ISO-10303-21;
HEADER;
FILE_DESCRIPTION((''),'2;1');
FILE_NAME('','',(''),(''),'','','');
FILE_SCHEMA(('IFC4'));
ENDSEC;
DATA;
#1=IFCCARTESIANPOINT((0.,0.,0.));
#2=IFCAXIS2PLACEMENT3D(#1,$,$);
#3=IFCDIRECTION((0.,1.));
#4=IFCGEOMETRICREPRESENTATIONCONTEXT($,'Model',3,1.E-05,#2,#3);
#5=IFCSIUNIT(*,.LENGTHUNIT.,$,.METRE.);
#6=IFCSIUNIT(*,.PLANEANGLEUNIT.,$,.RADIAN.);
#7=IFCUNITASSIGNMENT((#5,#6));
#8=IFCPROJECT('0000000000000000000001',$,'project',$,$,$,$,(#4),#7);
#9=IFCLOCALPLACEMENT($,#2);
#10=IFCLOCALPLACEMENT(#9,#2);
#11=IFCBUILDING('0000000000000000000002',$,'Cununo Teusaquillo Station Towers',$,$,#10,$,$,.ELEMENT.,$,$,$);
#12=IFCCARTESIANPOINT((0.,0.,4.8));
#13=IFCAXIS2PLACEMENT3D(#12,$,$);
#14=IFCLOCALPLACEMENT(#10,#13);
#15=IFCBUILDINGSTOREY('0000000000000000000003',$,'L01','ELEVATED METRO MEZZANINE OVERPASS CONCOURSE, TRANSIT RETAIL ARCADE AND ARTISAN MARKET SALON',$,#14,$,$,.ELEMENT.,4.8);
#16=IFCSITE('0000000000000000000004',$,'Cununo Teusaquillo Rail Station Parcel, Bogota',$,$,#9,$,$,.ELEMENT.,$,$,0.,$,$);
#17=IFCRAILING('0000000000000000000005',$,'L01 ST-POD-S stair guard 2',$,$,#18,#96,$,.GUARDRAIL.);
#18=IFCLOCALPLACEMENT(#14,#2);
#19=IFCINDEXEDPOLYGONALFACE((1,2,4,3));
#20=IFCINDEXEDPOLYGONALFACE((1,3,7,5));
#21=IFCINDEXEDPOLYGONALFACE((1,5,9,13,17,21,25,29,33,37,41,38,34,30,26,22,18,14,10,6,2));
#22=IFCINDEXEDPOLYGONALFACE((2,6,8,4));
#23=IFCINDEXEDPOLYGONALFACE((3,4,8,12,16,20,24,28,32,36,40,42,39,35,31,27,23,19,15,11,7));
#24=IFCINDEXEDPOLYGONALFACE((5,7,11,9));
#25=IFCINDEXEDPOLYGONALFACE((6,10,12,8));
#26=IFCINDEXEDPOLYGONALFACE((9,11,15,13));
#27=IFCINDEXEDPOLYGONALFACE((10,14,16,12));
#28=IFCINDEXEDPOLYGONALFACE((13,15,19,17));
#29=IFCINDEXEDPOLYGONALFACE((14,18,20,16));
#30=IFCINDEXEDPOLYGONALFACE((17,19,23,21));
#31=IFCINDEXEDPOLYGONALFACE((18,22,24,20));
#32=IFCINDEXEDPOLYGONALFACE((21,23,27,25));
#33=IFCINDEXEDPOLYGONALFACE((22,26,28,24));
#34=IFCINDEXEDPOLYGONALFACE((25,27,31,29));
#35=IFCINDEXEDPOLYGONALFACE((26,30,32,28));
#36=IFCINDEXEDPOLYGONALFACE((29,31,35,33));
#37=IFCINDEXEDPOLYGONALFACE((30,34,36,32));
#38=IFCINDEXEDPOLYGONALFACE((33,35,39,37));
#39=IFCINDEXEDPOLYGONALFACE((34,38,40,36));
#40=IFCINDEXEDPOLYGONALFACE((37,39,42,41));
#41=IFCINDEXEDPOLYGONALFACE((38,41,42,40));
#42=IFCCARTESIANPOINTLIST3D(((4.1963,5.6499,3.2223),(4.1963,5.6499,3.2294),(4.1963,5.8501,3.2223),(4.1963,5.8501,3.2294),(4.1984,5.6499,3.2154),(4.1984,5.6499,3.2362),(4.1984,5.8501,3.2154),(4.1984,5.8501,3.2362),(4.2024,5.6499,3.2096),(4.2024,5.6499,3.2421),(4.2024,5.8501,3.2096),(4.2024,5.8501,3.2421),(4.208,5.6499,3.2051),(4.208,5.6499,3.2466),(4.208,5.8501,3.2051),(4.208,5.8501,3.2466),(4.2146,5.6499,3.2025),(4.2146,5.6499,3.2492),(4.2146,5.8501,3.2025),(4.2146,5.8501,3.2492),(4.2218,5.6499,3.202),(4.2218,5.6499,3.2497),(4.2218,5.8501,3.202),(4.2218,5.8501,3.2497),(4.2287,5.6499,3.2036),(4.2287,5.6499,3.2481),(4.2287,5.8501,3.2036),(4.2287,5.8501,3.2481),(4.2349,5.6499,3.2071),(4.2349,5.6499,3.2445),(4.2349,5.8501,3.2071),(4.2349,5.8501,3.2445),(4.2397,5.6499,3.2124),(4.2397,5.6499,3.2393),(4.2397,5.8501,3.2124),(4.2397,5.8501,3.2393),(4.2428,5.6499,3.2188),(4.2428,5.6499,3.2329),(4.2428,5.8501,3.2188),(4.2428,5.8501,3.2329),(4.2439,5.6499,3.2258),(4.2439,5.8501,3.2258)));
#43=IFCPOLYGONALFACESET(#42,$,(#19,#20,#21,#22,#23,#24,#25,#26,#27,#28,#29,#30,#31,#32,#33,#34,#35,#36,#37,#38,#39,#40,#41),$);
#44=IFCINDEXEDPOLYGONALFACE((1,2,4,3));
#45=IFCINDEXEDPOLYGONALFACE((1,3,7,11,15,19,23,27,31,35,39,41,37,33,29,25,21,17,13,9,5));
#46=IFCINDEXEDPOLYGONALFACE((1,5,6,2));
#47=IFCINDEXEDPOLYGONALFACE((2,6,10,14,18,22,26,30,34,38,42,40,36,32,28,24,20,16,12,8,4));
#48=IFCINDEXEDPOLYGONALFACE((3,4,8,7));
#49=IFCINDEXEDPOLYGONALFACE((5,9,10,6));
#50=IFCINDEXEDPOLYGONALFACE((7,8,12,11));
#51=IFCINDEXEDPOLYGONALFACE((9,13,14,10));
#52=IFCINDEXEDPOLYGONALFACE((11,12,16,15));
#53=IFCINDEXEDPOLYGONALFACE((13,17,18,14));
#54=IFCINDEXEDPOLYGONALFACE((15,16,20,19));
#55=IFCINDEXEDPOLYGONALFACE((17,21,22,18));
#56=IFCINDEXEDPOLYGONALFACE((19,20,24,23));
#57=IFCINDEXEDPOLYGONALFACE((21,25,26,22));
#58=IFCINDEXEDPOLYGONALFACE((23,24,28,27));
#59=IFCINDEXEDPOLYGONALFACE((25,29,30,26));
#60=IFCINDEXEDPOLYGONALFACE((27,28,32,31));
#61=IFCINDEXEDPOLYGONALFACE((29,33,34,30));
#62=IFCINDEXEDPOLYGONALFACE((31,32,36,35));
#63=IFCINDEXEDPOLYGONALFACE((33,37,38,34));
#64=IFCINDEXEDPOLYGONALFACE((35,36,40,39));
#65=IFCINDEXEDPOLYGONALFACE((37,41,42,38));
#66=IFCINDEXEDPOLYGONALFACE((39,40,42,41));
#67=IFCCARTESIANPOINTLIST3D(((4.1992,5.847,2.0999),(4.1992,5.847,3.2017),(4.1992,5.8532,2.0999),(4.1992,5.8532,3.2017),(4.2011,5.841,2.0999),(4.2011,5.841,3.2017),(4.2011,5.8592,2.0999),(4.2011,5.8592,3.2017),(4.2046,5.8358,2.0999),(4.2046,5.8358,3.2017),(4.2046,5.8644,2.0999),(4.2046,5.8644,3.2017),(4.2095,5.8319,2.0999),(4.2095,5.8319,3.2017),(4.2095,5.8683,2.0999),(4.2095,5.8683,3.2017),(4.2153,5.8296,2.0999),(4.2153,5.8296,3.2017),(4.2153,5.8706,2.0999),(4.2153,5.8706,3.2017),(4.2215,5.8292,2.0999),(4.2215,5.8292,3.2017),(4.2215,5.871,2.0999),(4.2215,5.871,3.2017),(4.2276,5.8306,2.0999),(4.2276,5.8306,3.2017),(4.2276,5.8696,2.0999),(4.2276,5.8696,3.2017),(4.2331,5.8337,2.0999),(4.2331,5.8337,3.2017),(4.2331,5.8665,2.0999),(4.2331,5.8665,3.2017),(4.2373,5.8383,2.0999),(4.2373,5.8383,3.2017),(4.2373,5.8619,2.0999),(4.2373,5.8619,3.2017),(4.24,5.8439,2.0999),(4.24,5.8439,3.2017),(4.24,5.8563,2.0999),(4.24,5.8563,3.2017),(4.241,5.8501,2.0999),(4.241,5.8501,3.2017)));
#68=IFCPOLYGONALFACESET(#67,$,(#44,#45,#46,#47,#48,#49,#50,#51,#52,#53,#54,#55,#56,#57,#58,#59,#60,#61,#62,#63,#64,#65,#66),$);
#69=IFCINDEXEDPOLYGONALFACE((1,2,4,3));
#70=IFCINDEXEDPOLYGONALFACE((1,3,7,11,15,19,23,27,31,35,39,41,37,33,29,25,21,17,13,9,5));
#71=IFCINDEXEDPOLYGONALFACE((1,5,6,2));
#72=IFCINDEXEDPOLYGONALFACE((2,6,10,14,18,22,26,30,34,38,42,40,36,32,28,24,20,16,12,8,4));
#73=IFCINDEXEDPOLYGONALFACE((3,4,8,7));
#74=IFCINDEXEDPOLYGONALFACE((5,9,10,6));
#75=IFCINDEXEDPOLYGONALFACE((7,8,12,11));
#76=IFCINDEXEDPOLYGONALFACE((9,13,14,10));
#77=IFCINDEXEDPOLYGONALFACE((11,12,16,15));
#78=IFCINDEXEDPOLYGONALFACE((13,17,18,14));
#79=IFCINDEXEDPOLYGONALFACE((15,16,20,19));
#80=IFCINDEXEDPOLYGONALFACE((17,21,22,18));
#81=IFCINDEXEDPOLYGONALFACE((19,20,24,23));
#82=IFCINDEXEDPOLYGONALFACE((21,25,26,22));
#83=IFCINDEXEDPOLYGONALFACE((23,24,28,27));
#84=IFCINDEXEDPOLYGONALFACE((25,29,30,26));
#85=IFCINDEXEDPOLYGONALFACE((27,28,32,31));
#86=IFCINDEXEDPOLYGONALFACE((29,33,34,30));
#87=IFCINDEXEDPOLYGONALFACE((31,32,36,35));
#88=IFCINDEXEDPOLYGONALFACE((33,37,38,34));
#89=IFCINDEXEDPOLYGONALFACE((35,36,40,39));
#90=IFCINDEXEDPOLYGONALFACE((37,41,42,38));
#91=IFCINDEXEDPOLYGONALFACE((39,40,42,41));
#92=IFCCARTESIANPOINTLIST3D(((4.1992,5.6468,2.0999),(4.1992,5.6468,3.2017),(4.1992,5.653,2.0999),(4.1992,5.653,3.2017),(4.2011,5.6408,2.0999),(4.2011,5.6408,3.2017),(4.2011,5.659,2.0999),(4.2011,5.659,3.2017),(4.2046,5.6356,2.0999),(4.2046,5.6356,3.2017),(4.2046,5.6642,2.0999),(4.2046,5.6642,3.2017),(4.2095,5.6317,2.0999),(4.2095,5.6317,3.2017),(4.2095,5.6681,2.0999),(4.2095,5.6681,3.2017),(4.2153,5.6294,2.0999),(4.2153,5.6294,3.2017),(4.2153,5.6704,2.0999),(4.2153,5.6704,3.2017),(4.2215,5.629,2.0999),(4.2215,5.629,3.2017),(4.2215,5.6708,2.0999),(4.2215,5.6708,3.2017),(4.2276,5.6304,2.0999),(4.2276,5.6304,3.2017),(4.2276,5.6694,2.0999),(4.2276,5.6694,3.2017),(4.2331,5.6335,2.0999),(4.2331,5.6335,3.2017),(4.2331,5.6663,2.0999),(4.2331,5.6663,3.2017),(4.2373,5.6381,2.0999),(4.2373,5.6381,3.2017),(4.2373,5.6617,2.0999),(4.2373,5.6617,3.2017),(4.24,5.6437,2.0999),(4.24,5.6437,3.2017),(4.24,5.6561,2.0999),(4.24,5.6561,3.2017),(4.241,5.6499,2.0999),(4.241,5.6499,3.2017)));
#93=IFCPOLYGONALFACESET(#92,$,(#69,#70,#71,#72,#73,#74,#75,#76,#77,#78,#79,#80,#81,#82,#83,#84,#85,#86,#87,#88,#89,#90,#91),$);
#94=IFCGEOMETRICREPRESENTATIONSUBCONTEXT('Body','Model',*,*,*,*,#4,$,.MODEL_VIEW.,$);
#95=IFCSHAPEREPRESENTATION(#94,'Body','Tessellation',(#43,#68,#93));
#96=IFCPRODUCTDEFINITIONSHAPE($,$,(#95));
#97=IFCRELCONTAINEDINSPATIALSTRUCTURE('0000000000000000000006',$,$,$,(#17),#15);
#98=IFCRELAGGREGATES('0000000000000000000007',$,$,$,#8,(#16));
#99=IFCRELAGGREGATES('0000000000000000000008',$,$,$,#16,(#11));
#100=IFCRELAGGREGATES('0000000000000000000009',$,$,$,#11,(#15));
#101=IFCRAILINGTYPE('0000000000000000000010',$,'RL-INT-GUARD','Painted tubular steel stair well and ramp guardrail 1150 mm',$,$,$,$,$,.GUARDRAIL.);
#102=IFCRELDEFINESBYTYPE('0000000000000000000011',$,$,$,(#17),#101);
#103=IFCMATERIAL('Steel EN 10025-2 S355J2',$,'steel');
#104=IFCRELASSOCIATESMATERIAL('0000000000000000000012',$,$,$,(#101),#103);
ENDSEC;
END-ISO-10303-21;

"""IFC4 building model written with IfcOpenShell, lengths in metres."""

from ifc_helpers import new_model, si_unit, direction, frame, origin, origin_2d, place, context, subcontext, project, spatial, circle, extrude, material, type_object, element, save


model = new_model("IFC4")

# Units and contexts
model_context = context("Model", 3, precision=1e-05, world=origin(), true_north=direction((0.0, 1.0)))
body_context = subcontext(model_context, "Body", "Model", "MODEL_VIEW")
ifc_project = project(units=[si_unit("LENGTHUNIT", "METRE"), si_unit("PLANEANGLEUNIT", "RADIAN")], contexts=[model_context])

# Site, building, storey
site_placement = place(None, origin())
site = spatial("IfcSite", under=ifc_project, at=site_placement, Name="Cununo Teusaquillo Rail Station Parcel, Bogota", CompositionType="ELEMENT", RefElevation=0.0)
building_placement = place(site_placement, origin())
building = spatial("IfcBuilding", under=site, at=building_placement, Name="Cununo Teusaquillo Station Towers", CompositionType="ELEMENT")
storey_placement = place(building_placement, frame((0.0, 0.0, 4.8)))
storey = spatial("IfcBuildingStorey", under=building, at=storey_placement, Name="L01", Description="ELEVATED METRO MEZZANINE OVERPASS CONCOURSE, TRANSIT RETAIL ARCADE AND ARTISAN MARKET SALON", CompositionType="ELEMENT", Elevation=4.8)

# Railing
ifc_material_1 = material(Name="Steel EN 10025-2 S355J2", Category="steel")
railing_type_1 = type_object("IfcRailingType", Name="RL-INT-GUARD", Description="Painted tubular steel stair well and ramp guardrail 1150 mm", PredefinedType="GUARDRAIL", material=ifc_material_1)
railing_1_placement = place(storey_placement, frame((4.22, 5.8501, 2.0999)))
element("IfcRailing", 1, at=railing_1_placement, inside=storey, type_object=railing_type_1, Name="L01 ST-POD-S stair guard 2", PredefinedType="GUARDRAIL", context=body_context, shape_type="SweptSolid", body=[
    extrude(circle(Radius=0.0239, at=origin_2d()), frame((0.0, 0.0, 1.126), z_axis=(0.0, -1.0, 0.0), x_axis=(1.0, 0.0, 0.0)), (0.0, 0.0, 1.0), 0.2002),
    extrude(circle(Radius=0.021, at=origin_2d()), origin(), (0.0, 0.0, 1.0), 1.1018),
    extrude(circle(Radius=0.021, at=origin_2d()), frame((0.0, -0.2002, 0.0)), (0.0, 0.0, 1.0), 1.1018),
])

save(model, "model.ifc")
